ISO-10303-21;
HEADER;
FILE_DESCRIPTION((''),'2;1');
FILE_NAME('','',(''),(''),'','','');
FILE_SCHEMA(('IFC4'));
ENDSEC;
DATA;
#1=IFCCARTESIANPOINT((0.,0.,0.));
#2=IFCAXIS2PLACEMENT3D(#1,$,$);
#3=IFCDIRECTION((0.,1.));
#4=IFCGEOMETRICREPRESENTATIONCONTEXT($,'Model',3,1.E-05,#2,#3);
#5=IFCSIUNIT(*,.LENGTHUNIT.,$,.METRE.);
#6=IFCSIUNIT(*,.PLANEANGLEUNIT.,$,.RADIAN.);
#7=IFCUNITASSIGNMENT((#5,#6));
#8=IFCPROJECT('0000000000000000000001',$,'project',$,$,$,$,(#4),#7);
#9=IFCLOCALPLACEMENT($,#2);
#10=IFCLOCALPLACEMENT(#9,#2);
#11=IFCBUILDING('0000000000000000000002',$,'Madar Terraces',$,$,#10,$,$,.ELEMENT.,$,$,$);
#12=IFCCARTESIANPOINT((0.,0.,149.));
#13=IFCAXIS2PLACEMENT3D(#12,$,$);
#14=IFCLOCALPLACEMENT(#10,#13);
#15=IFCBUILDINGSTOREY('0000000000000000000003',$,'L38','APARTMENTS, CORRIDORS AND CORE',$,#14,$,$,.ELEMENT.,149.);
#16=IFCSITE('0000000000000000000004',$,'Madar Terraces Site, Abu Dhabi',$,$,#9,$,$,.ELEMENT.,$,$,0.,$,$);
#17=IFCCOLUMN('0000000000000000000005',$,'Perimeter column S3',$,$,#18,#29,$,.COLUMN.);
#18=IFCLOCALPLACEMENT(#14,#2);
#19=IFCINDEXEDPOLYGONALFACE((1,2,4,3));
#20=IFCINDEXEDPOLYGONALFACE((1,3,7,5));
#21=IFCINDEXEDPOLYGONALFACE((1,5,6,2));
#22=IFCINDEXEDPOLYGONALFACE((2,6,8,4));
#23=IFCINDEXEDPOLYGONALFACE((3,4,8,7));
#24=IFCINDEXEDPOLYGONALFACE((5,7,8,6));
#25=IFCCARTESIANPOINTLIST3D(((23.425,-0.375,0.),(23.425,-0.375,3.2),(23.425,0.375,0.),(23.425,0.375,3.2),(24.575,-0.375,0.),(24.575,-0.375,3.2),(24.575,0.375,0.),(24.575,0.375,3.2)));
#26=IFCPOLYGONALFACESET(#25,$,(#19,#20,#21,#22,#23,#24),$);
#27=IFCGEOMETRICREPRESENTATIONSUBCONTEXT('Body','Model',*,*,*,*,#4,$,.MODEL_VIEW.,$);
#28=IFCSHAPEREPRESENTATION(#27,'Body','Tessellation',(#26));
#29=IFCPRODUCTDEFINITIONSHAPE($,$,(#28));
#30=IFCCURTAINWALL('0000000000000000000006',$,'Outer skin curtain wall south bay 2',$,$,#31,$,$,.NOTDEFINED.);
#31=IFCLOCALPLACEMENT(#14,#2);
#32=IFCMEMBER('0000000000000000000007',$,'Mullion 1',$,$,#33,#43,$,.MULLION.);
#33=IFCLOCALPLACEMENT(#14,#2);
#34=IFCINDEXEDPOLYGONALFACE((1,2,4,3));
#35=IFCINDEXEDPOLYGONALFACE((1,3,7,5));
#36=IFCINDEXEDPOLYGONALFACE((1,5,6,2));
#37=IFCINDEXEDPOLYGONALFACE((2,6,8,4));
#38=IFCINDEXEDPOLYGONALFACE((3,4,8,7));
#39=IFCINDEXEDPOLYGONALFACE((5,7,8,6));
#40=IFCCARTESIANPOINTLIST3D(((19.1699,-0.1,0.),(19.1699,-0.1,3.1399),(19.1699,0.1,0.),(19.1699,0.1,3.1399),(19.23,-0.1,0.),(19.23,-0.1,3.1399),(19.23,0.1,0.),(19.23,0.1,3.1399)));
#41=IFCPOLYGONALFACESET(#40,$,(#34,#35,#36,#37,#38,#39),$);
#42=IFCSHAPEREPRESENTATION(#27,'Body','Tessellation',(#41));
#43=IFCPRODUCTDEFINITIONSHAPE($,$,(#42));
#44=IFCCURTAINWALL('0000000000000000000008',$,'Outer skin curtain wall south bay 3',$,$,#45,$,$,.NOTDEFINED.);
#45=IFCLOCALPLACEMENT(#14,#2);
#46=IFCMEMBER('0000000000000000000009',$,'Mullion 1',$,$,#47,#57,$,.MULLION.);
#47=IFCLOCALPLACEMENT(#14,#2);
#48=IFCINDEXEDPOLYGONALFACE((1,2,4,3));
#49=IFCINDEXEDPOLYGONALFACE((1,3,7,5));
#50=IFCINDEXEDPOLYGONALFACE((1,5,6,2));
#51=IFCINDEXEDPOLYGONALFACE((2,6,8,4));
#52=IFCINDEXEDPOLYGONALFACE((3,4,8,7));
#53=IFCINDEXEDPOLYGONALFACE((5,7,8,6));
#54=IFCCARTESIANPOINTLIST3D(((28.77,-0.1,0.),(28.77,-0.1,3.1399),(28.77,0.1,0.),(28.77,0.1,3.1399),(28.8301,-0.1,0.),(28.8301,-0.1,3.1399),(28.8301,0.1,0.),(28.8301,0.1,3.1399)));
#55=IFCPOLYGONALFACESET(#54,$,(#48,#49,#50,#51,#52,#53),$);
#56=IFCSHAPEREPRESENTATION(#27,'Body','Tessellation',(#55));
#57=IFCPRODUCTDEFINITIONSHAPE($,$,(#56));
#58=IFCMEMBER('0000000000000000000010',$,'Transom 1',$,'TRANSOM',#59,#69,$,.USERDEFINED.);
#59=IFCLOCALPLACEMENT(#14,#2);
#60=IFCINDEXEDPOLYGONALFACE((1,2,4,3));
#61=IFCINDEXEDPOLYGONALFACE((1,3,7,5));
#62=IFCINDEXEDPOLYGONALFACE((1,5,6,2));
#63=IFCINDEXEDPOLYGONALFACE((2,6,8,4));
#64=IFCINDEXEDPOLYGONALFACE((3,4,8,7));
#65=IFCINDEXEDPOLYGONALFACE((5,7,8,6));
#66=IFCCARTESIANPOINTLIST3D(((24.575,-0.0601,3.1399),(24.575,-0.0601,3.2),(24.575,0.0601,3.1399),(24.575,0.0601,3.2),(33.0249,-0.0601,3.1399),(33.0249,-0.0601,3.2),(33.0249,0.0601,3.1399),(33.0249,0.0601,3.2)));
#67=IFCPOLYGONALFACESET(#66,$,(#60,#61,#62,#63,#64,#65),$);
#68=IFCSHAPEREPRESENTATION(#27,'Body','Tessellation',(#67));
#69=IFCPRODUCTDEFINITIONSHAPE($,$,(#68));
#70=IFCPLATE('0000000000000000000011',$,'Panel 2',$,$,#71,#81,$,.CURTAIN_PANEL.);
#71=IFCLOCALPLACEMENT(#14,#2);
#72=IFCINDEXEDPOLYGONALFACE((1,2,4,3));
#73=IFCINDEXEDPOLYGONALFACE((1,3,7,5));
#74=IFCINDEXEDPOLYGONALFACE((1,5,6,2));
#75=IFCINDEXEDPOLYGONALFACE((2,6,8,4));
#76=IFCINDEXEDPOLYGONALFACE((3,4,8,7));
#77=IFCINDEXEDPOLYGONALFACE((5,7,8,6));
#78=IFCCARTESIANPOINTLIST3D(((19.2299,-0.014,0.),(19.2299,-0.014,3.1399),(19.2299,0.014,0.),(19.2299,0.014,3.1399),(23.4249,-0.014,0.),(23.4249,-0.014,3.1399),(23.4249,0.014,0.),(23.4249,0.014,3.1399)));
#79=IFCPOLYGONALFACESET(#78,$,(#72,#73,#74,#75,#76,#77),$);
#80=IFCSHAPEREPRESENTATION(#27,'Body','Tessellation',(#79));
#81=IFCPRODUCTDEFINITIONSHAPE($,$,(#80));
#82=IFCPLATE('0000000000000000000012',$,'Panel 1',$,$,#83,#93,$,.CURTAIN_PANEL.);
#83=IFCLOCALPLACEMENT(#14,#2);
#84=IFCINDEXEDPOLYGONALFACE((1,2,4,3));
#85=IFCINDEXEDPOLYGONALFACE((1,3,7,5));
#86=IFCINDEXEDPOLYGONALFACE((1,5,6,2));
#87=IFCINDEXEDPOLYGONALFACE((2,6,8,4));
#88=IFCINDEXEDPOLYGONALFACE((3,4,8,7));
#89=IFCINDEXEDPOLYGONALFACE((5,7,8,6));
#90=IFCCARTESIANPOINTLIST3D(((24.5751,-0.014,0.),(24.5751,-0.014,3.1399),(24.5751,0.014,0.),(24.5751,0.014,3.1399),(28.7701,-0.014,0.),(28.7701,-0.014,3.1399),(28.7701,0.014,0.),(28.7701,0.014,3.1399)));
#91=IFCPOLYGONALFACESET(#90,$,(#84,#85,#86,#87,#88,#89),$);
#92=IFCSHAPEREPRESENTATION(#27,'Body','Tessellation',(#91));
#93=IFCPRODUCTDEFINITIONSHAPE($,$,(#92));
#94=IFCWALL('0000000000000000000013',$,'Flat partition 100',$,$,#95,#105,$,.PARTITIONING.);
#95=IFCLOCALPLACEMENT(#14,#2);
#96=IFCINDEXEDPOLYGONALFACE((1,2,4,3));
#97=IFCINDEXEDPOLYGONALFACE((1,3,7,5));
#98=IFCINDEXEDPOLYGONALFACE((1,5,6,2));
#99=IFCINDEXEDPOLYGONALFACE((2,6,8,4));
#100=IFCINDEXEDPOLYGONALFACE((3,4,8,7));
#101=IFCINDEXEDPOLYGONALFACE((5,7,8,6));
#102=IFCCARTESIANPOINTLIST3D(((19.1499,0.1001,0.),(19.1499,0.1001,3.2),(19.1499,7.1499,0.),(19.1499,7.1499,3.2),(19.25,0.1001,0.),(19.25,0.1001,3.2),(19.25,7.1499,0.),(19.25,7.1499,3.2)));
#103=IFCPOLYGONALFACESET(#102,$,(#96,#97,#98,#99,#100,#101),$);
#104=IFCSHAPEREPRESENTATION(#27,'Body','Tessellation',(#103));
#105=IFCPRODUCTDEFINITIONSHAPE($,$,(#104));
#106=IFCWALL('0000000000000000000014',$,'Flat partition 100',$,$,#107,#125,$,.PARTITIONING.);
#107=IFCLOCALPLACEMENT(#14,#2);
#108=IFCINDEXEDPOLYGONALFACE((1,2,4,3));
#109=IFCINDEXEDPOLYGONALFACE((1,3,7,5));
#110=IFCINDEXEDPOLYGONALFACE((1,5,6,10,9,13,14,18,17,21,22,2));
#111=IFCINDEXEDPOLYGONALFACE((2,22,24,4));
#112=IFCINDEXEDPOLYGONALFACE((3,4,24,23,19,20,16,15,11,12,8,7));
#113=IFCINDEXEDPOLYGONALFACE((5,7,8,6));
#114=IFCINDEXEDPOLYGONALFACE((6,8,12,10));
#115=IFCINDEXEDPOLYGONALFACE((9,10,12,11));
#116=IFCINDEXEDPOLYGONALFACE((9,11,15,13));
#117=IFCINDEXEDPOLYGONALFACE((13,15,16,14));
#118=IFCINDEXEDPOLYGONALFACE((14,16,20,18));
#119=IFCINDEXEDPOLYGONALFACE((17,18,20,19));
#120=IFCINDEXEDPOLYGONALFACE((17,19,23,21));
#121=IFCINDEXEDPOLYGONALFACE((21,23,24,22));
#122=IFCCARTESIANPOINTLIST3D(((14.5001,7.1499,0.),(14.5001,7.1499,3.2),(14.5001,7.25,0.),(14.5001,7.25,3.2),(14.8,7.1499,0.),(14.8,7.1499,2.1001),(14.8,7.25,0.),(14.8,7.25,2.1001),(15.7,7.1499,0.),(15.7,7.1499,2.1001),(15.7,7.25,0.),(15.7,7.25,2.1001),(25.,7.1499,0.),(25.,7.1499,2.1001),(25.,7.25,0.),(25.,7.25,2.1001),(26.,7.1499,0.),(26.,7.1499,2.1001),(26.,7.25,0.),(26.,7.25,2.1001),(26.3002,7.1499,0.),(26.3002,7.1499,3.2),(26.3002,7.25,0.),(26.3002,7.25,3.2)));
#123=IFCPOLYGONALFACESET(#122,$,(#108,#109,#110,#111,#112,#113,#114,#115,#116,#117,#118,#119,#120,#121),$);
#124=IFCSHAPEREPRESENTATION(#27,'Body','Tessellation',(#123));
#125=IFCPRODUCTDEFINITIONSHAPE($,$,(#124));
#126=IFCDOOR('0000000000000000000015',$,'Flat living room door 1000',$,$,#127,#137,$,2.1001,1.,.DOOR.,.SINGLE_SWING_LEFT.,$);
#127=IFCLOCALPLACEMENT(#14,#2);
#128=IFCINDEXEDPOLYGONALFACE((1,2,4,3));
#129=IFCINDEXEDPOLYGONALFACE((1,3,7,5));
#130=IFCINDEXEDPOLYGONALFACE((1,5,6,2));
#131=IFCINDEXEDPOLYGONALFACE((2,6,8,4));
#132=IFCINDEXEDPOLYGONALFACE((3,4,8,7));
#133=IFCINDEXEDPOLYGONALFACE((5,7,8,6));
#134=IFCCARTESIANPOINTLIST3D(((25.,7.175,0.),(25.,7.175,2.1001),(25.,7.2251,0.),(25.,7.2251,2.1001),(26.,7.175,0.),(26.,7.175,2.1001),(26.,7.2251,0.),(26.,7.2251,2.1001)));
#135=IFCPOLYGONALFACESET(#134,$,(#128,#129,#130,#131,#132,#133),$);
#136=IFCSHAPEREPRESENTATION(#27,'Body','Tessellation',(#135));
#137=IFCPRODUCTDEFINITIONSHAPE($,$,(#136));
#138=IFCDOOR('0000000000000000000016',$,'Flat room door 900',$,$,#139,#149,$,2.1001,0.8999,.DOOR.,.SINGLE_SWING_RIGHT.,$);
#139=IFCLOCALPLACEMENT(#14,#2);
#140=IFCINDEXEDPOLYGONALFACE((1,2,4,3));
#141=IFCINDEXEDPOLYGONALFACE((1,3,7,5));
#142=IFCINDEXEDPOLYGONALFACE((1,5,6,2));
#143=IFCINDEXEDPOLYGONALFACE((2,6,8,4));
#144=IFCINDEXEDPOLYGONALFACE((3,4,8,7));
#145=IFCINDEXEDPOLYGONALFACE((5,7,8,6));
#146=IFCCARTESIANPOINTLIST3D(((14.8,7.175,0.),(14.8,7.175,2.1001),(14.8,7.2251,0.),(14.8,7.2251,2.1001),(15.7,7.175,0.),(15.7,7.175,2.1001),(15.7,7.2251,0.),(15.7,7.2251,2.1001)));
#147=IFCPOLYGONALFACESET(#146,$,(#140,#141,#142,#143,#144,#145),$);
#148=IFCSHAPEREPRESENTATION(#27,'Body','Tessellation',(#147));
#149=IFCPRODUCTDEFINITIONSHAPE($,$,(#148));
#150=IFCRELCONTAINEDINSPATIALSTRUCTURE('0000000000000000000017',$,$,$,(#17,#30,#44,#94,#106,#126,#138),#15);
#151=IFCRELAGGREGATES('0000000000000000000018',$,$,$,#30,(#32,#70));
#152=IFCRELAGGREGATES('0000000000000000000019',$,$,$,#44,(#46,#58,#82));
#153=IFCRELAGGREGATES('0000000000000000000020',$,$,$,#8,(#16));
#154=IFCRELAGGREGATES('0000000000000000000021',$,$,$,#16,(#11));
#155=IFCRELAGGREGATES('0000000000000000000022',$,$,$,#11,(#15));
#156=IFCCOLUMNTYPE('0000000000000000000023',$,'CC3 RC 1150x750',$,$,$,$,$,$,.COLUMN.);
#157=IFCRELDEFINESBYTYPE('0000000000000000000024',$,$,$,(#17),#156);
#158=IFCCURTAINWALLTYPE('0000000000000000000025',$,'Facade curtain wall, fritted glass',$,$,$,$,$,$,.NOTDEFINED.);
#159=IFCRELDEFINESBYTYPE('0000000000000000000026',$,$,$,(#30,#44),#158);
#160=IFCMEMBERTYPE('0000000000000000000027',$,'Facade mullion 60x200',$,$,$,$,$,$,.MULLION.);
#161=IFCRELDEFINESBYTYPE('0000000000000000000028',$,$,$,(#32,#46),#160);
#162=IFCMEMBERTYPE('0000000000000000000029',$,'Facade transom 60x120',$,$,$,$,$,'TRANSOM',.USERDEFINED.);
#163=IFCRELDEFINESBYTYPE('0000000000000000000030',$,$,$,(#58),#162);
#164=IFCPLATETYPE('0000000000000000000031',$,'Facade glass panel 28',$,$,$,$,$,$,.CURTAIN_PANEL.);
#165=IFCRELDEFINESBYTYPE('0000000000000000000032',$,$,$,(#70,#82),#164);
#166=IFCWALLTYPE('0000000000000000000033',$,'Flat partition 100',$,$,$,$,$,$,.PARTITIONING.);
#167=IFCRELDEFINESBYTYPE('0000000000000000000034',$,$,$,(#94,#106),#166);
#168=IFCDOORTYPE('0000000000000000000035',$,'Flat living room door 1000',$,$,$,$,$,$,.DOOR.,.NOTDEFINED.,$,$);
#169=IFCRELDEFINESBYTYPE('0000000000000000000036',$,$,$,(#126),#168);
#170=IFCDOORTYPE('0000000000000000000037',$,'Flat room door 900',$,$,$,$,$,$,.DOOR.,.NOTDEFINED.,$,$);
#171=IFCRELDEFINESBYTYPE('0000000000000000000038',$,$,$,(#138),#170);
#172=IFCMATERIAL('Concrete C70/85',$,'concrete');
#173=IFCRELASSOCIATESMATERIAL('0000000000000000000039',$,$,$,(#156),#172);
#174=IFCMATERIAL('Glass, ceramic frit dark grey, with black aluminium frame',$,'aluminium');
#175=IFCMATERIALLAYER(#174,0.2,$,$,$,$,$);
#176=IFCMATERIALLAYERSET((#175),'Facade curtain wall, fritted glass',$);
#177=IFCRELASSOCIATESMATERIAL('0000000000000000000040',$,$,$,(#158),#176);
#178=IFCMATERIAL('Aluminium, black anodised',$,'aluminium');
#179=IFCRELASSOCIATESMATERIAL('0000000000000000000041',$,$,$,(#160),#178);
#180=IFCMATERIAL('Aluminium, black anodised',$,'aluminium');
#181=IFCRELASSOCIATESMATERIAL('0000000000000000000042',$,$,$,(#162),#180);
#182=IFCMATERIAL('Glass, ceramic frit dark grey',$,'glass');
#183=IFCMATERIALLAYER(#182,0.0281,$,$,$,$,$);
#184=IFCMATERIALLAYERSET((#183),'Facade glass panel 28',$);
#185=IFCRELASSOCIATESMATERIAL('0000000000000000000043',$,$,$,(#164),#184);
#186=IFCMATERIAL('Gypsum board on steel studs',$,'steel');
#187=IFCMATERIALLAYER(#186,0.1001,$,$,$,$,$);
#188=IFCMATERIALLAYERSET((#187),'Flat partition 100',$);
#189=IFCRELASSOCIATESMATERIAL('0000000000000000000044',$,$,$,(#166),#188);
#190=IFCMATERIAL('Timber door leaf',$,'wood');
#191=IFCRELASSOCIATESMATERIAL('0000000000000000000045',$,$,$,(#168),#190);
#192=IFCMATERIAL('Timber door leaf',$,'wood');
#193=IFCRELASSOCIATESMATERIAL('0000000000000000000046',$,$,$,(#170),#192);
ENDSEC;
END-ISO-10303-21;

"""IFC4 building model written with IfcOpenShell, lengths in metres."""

from ifc_helpers import new_model, si_unit, direction, frame, frame_2d, origin, origin_2d, place, context, subcontext, project, spatial, rectangle, extrude, material, layer, layer_set, material_profile, profile_set, type_object, element, fill, aggregate, save


model = new_model("IFC4")

# Units and contexts
model_context = context("Model", 3, precision=1e-05, world=origin(), true_north=direction((0.0, 1.0)))
body_context = subcontext(model_context, "Body", "Model", "MODEL_VIEW")
ifc_project = project(units=[si_unit("LENGTHUNIT", "METRE"), si_unit("PLANEANGLEUNIT", "RADIAN")], contexts=[model_context])

# Site, building, storey
site_placement = place(None, origin())
site = spatial("IfcSite", under=ifc_project, at=site_placement, Name="Madar Terraces Site, Abu Dhabi", CompositionType="ELEMENT", RefElevation=0.0)
building_placement = place(site_placement, origin())
building = spatial("IfcBuilding", under=site, at=building_placement, Name="Madar Terraces", CompositionType="ELEMENT")
storey_placement = place(building_placement, frame((0.0, 0.0, 149.0)))
storey = spatial("IfcBuildingStorey", under=building, at=storey_placement, Name="L38", Description="APARTMENTS, CORRIDORS AND CORE", CompositionType="ELEMENT", Elevation=149.0)

# Column
ifc_material_1 = material(Name="Concrete C70/85", Category="concrete")
ifc_material_profile_1 = material_profile(ifc_material_1, rectangle(XDim=1.1499, YDim=0.75, at=origin_2d()), Name="CC3 RC 1150x750")
ifc_profile_set_1 = profile_set([ifc_material_profile_1], Name="Concrete C70/85")
column_type = type_object("IfcColumnType", Name="CC3 RC 1150x750", PredefinedType="COLUMN", material=ifc_profile_set_1)
column_placement = place(storey_placement, frame((24.0, 0.0, 0.0), z_axis=(0.0, 0.0, 1.0), x_axis=(1.0, 0.0, 0.0)))
element("IfcColumn", 1, at=column_placement, inside=storey, type_object=column_type, Name="Perimeter column S3", PredefinedType="COLUMN", context=body_context, shape_type="SweptSolid", body=[
    extrude(rectangle(XDim=1.1499, YDim=0.75, at=origin_2d()), origin(), (0.0, 0.0, 1.0), 3.2),
])

# Curtain wall, member
ifc_material_2 = material(Name="Glass, ceramic frit dark grey, with black aluminium frame", Category="aluminium")
ifc_layer_1 = layer(ifc_material_2, 0.2)
ifc_layer_set_1 = layer_set([ifc_layer_1], Name="Facade curtain wall, fritted glass")
curtain_wall_type = type_object("IfcCurtainWallType", Name="Facade curtain wall, fritted glass", PredefinedType="NOTDEFINED", material=ifc_layer_set_1)
curtain_wall_1_placement = place(storey_placement, origin())
curtain_wall_1 = element("IfcCurtainWall", 2, at=curtain_wall_1_placement, inside=storey, type_object=curtain_wall_type, Name="Outer skin curtain wall south bay 2", PredefinedType="NOTDEFINED")
ifc_material_3 = material(Name="Aluminium, black anodised", Category="aluminium")
ifc_material_profile_2 = material_profile(ifc_material_3, rectangle(XDim=0.2, YDim=0.0601, at=origin_2d()), Name="Facade mullion 60x200")
ifc_profile_set_2 = profile_set([ifc_material_profile_2], Name="Aluminium, black anodised")
member_type_1 = type_object("IfcMemberType", Name="Facade mullion 60x200", PredefinedType="MULLION", material=ifc_profile_set_2)
member_1_placement = place(storey_placement, frame((19.2, 0.0, 0.0), z_axis=(0.0, 0.0, 1.0), x_axis=(0.0, 1.0, 0.0)))
member_1 = element("IfcMember", 3, at=member_1_placement, type_object=member_type_1, Name="Mullion 1", PredefinedType="MULLION", context=body_context, shape_type="SweptSolid", body=[
    extrude(rectangle(XDim=0.2, YDim=0.0601, at=origin_2d()), origin(), (0.0, 0.0, 1.0), 3.1399),
])

# Curtain wall, members
curtain_wall_2_placement = place(storey_placement, origin())
curtain_wall_2 = element("IfcCurtainWall", 4, at=curtain_wall_2_placement, inside=storey, type_object=curtain_wall_type, Name="Outer skin curtain wall south bay 3", PredefinedType="NOTDEFINED")
member_2_placement = place(storey_placement, frame((28.8, 0.0, 0.0), z_axis=(0.0, 0.0, 1.0), x_axis=(0.0, 1.0, 0.0)))
member_2 = element("IfcMember", 5, at=member_2_placement, type_object=member_type_1, Name="Mullion 1", PredefinedType="MULLION", context=body_context, shape_type="SweptSolid", body=[
    extrude(rectangle(XDim=0.2, YDim=0.0601, at=origin_2d()), origin(), (0.0, 0.0, 1.0), 3.1399),
])
ifc_material_4 = material(Name="Aluminium, black anodised", Category="aluminium")
ifc_material_profile_3 = material_profile(ifc_material_4, rectangle(XDim=0.1201, YDim=0.0601, at=origin_2d()), Name="Facade transom 60x120")
ifc_profile_set_3 = profile_set([ifc_material_profile_3], Name="Aluminium, black anodised")
member_type_2 = type_object("IfcMemberType", Name="Facade transom 60x120", ElementType="TRANSOM", PredefinedType="USERDEFINED", material=ifc_profile_set_3)
member_3_placement = place(storey_placement, frame((24.575, 0.0, 3.1699), z_axis=(1.0, 0.0, 0.0), x_axis=(0.0, 1.0, 0.0)))
member_3 = element("IfcMember", 6, at=member_3_placement, type_object=member_type_2, Name="Transom 1", ObjectType="TRANSOM", PredefinedType="USERDEFINED", context=body_context, shape_type="SweptSolid", body=[
    extrude(rectangle(XDim=0.1201, YDim=0.0601, at=origin_2d()), origin(), (0.0, 0.0, 1.0), 8.45),
])

# Plates
ifc_material_5 = material(Name="Glass, ceramic frit dark grey", Category="glass")
ifc_layer_2 = layer(ifc_material_5, 0.0281)
ifc_layer_set_2 = layer_set([ifc_layer_2], Name="Facade glass panel 28")
plate_type = type_object("IfcPlateType", Name="Facade glass panel 28", PredefinedType="CURTAIN_PANEL", material=ifc_layer_set_2)
plate_1_placement = place(storey_placement, frame((21.3274, 0.0, 0.0), z_axis=(0.0, 0.0, 1.0), x_axis=(1.0, 0.0, 0.0)))
plate_1 = element("IfcPlate", 7, at=plate_1_placement, type_object=plate_type, Name="Panel 2", PredefinedType="CURTAIN_PANEL", context=body_context, shape_type="SweptSolid", body=[
    extrude(rectangle(XDim=4.1951, YDim=0.0281, at=origin_2d()), origin(), (0.0, 0.0, 1.0), 3.1399),
])
aggregate(curtain_wall_1, [member_1, plate_1])
plate_2_placement = place(storey_placement, frame((26.6726, 0.0, 0.0), z_axis=(0.0, 0.0, 1.0), x_axis=(1.0, 0.0, 0.0)))
plate_2 = element("IfcPlate", 8, at=plate_2_placement, type_object=plate_type, Name="Panel 1", PredefinedType="CURTAIN_PANEL", context=body_context, shape_type="SweptSolid", body=[
    extrude(rectangle(XDim=4.1951, YDim=0.0281, at=origin_2d()), origin(), (0.0, 0.0, 1.0), 3.1399),
])
aggregate(curtain_wall_2, [member_2, member_3, plate_2])

# Wall
ifc_material_6 = material(Name="Gypsum board on steel studs", Category="steel")
ifc_layer_3 = layer(ifc_material_6, 0.1001)
ifc_layer_set_3 = layer_set([ifc_layer_3], Name="Flat partition 100")
wall_type_1 = type_object("IfcWallType", Name="Flat partition 100", PredefinedType="PARTITIONING", material=ifc_layer_set_3)
wall_1_placement = place(storey_placement, frame((19.2, 7.1499, 0.0), z_axis=(0.0, 0.0, 1.0), x_axis=(0.0, -1.0, 0.0)))
element("IfcWall", 9, at=wall_1_placement, inside=storey, type_object=wall_type_1, Name="Flat partition 100", PredefinedType="PARTITIONING", context=body_context, shape_type="SweptSolid", body=[
    extrude(rectangle(XDim=7.0498, YDim=0.1001, at=frame_2d((3.5249, 0.0))), origin(), (0.0, 0.0, 1.0), 3.2),
])

# Wall, openings, doors
wall_2_placement = place(storey_placement, frame((26.3, 7.2, 0.0), z_axis=(0.0, 0.0, 1.0), x_axis=(-1.0, 0.0, 0.0)))
wall_2 = element("IfcWall", 10, at=wall_2_placement, inside=storey, type_object=wall_type_1, Name="Flat partition 100", PredefinedType="PARTITIONING", context=body_context, shape_type="SweptSolid", body=[
    extrude(rectangle(XDim=11.8, YDim=0.1001, at=frame_2d((5.8999, 0.0))), origin(), (0.0, 0.0, 1.0), 3.2),
])
opening_1_placement = place(wall_2_placement, frame((10.6001, 0.0, 0.0)))
opening_1 = element("IfcOpeningElement", 11, at=opening_1_placement, cuts=wall_2, PredefinedType="OPENING", context=body_context, shape_type="SweptSolid", body=[
    extrude(rectangle(XDim=0.8999, YDim=2.1001, at=frame_2d((0.45, 1.05))), frame((0.0, 0.0601, 0.0), z_axis=(0.0, -1.0, 0.0), x_axis=(1.0, 0.0, 0.0)), (0.0, 0.0, 1.0), 0.1201),
])
opening_2_placement = place(wall_2_placement, frame((0.3, 0.0, 0.0)))
opening_2 = element("IfcOpeningElement", 12, at=opening_2_placement, cuts=wall_2, PredefinedType="OPENING", context=body_context, shape_type="SweptSolid", body=[
    extrude(rectangle(XDim=1.0, YDim=2.1001, at=frame_2d((0.5, 1.05))), frame((0.0, 0.0601, 0.0), z_axis=(0.0, -1.0, 0.0), x_axis=(1.0, 0.0, 0.0)), (0.0, 0.0, 1.0), 0.1201),
])
ifc_material_7 = material(Name="Timber door leaf", Category="wood")
door_type_1 = type_object("IfcDoorType", Name="Flat living room door 1000", OperationType="NOTDEFINED", PredefinedType="DOOR", material=ifc_material_7)
door_1_placement = place(opening_2_placement, origin())
door_1 = element("IfcDoor", 13, at=door_1_placement, inside=storey, type_object=door_type_1, Name="Flat living room door 1000", OperationType="SINGLE_SWING_LEFT", OverallHeight=2.1001, OverallWidth=1.0, PredefinedType="DOOR", context=body_context, shape_type="SweptSolid", body=[
    extrude(rectangle(XDim=1.0, YDim=2.1001, at=frame_2d((0.5, 1.05))), frame((0.0, 0.0249, 0.0), z_axis=(0.0, -1.0, 0.0), x_axis=(1.0, 0.0, 0.0)), (0.0, 0.0, 1.0), 0.05),
])
fill(opening_2, door_1)
ifc_material_8 = material(Name="Timber door leaf", Category="wood")
door_type_2 = type_object("IfcDoorType", Name="Flat room door 900", OperationType="NOTDEFINED", PredefinedType="DOOR", material=ifc_material_8)
door_2_placement = place(opening_1_placement, origin())
door_2 = element("IfcDoor", 14, at=door_2_placement, inside=storey, type_object=door_type_2, Name="Flat room door 900", OperationType="SINGLE_SWING_RIGHT", OverallHeight=2.1001, OverallWidth=0.8999, PredefinedType="DOOR", context=body_context, shape_type="SweptSolid", body=[
    extrude(rectangle(XDim=0.8999, YDim=2.1001, at=frame_2d((0.45, 1.05))), frame((0.0, 0.0249, 0.0), z_axis=(0.0, -1.0, 0.0), x_axis=(1.0, 0.0, 0.0)), (0.0, 0.0, 1.0), 0.05),
])
fill(opening_1, door_2)

save(model, "model.ifc")
